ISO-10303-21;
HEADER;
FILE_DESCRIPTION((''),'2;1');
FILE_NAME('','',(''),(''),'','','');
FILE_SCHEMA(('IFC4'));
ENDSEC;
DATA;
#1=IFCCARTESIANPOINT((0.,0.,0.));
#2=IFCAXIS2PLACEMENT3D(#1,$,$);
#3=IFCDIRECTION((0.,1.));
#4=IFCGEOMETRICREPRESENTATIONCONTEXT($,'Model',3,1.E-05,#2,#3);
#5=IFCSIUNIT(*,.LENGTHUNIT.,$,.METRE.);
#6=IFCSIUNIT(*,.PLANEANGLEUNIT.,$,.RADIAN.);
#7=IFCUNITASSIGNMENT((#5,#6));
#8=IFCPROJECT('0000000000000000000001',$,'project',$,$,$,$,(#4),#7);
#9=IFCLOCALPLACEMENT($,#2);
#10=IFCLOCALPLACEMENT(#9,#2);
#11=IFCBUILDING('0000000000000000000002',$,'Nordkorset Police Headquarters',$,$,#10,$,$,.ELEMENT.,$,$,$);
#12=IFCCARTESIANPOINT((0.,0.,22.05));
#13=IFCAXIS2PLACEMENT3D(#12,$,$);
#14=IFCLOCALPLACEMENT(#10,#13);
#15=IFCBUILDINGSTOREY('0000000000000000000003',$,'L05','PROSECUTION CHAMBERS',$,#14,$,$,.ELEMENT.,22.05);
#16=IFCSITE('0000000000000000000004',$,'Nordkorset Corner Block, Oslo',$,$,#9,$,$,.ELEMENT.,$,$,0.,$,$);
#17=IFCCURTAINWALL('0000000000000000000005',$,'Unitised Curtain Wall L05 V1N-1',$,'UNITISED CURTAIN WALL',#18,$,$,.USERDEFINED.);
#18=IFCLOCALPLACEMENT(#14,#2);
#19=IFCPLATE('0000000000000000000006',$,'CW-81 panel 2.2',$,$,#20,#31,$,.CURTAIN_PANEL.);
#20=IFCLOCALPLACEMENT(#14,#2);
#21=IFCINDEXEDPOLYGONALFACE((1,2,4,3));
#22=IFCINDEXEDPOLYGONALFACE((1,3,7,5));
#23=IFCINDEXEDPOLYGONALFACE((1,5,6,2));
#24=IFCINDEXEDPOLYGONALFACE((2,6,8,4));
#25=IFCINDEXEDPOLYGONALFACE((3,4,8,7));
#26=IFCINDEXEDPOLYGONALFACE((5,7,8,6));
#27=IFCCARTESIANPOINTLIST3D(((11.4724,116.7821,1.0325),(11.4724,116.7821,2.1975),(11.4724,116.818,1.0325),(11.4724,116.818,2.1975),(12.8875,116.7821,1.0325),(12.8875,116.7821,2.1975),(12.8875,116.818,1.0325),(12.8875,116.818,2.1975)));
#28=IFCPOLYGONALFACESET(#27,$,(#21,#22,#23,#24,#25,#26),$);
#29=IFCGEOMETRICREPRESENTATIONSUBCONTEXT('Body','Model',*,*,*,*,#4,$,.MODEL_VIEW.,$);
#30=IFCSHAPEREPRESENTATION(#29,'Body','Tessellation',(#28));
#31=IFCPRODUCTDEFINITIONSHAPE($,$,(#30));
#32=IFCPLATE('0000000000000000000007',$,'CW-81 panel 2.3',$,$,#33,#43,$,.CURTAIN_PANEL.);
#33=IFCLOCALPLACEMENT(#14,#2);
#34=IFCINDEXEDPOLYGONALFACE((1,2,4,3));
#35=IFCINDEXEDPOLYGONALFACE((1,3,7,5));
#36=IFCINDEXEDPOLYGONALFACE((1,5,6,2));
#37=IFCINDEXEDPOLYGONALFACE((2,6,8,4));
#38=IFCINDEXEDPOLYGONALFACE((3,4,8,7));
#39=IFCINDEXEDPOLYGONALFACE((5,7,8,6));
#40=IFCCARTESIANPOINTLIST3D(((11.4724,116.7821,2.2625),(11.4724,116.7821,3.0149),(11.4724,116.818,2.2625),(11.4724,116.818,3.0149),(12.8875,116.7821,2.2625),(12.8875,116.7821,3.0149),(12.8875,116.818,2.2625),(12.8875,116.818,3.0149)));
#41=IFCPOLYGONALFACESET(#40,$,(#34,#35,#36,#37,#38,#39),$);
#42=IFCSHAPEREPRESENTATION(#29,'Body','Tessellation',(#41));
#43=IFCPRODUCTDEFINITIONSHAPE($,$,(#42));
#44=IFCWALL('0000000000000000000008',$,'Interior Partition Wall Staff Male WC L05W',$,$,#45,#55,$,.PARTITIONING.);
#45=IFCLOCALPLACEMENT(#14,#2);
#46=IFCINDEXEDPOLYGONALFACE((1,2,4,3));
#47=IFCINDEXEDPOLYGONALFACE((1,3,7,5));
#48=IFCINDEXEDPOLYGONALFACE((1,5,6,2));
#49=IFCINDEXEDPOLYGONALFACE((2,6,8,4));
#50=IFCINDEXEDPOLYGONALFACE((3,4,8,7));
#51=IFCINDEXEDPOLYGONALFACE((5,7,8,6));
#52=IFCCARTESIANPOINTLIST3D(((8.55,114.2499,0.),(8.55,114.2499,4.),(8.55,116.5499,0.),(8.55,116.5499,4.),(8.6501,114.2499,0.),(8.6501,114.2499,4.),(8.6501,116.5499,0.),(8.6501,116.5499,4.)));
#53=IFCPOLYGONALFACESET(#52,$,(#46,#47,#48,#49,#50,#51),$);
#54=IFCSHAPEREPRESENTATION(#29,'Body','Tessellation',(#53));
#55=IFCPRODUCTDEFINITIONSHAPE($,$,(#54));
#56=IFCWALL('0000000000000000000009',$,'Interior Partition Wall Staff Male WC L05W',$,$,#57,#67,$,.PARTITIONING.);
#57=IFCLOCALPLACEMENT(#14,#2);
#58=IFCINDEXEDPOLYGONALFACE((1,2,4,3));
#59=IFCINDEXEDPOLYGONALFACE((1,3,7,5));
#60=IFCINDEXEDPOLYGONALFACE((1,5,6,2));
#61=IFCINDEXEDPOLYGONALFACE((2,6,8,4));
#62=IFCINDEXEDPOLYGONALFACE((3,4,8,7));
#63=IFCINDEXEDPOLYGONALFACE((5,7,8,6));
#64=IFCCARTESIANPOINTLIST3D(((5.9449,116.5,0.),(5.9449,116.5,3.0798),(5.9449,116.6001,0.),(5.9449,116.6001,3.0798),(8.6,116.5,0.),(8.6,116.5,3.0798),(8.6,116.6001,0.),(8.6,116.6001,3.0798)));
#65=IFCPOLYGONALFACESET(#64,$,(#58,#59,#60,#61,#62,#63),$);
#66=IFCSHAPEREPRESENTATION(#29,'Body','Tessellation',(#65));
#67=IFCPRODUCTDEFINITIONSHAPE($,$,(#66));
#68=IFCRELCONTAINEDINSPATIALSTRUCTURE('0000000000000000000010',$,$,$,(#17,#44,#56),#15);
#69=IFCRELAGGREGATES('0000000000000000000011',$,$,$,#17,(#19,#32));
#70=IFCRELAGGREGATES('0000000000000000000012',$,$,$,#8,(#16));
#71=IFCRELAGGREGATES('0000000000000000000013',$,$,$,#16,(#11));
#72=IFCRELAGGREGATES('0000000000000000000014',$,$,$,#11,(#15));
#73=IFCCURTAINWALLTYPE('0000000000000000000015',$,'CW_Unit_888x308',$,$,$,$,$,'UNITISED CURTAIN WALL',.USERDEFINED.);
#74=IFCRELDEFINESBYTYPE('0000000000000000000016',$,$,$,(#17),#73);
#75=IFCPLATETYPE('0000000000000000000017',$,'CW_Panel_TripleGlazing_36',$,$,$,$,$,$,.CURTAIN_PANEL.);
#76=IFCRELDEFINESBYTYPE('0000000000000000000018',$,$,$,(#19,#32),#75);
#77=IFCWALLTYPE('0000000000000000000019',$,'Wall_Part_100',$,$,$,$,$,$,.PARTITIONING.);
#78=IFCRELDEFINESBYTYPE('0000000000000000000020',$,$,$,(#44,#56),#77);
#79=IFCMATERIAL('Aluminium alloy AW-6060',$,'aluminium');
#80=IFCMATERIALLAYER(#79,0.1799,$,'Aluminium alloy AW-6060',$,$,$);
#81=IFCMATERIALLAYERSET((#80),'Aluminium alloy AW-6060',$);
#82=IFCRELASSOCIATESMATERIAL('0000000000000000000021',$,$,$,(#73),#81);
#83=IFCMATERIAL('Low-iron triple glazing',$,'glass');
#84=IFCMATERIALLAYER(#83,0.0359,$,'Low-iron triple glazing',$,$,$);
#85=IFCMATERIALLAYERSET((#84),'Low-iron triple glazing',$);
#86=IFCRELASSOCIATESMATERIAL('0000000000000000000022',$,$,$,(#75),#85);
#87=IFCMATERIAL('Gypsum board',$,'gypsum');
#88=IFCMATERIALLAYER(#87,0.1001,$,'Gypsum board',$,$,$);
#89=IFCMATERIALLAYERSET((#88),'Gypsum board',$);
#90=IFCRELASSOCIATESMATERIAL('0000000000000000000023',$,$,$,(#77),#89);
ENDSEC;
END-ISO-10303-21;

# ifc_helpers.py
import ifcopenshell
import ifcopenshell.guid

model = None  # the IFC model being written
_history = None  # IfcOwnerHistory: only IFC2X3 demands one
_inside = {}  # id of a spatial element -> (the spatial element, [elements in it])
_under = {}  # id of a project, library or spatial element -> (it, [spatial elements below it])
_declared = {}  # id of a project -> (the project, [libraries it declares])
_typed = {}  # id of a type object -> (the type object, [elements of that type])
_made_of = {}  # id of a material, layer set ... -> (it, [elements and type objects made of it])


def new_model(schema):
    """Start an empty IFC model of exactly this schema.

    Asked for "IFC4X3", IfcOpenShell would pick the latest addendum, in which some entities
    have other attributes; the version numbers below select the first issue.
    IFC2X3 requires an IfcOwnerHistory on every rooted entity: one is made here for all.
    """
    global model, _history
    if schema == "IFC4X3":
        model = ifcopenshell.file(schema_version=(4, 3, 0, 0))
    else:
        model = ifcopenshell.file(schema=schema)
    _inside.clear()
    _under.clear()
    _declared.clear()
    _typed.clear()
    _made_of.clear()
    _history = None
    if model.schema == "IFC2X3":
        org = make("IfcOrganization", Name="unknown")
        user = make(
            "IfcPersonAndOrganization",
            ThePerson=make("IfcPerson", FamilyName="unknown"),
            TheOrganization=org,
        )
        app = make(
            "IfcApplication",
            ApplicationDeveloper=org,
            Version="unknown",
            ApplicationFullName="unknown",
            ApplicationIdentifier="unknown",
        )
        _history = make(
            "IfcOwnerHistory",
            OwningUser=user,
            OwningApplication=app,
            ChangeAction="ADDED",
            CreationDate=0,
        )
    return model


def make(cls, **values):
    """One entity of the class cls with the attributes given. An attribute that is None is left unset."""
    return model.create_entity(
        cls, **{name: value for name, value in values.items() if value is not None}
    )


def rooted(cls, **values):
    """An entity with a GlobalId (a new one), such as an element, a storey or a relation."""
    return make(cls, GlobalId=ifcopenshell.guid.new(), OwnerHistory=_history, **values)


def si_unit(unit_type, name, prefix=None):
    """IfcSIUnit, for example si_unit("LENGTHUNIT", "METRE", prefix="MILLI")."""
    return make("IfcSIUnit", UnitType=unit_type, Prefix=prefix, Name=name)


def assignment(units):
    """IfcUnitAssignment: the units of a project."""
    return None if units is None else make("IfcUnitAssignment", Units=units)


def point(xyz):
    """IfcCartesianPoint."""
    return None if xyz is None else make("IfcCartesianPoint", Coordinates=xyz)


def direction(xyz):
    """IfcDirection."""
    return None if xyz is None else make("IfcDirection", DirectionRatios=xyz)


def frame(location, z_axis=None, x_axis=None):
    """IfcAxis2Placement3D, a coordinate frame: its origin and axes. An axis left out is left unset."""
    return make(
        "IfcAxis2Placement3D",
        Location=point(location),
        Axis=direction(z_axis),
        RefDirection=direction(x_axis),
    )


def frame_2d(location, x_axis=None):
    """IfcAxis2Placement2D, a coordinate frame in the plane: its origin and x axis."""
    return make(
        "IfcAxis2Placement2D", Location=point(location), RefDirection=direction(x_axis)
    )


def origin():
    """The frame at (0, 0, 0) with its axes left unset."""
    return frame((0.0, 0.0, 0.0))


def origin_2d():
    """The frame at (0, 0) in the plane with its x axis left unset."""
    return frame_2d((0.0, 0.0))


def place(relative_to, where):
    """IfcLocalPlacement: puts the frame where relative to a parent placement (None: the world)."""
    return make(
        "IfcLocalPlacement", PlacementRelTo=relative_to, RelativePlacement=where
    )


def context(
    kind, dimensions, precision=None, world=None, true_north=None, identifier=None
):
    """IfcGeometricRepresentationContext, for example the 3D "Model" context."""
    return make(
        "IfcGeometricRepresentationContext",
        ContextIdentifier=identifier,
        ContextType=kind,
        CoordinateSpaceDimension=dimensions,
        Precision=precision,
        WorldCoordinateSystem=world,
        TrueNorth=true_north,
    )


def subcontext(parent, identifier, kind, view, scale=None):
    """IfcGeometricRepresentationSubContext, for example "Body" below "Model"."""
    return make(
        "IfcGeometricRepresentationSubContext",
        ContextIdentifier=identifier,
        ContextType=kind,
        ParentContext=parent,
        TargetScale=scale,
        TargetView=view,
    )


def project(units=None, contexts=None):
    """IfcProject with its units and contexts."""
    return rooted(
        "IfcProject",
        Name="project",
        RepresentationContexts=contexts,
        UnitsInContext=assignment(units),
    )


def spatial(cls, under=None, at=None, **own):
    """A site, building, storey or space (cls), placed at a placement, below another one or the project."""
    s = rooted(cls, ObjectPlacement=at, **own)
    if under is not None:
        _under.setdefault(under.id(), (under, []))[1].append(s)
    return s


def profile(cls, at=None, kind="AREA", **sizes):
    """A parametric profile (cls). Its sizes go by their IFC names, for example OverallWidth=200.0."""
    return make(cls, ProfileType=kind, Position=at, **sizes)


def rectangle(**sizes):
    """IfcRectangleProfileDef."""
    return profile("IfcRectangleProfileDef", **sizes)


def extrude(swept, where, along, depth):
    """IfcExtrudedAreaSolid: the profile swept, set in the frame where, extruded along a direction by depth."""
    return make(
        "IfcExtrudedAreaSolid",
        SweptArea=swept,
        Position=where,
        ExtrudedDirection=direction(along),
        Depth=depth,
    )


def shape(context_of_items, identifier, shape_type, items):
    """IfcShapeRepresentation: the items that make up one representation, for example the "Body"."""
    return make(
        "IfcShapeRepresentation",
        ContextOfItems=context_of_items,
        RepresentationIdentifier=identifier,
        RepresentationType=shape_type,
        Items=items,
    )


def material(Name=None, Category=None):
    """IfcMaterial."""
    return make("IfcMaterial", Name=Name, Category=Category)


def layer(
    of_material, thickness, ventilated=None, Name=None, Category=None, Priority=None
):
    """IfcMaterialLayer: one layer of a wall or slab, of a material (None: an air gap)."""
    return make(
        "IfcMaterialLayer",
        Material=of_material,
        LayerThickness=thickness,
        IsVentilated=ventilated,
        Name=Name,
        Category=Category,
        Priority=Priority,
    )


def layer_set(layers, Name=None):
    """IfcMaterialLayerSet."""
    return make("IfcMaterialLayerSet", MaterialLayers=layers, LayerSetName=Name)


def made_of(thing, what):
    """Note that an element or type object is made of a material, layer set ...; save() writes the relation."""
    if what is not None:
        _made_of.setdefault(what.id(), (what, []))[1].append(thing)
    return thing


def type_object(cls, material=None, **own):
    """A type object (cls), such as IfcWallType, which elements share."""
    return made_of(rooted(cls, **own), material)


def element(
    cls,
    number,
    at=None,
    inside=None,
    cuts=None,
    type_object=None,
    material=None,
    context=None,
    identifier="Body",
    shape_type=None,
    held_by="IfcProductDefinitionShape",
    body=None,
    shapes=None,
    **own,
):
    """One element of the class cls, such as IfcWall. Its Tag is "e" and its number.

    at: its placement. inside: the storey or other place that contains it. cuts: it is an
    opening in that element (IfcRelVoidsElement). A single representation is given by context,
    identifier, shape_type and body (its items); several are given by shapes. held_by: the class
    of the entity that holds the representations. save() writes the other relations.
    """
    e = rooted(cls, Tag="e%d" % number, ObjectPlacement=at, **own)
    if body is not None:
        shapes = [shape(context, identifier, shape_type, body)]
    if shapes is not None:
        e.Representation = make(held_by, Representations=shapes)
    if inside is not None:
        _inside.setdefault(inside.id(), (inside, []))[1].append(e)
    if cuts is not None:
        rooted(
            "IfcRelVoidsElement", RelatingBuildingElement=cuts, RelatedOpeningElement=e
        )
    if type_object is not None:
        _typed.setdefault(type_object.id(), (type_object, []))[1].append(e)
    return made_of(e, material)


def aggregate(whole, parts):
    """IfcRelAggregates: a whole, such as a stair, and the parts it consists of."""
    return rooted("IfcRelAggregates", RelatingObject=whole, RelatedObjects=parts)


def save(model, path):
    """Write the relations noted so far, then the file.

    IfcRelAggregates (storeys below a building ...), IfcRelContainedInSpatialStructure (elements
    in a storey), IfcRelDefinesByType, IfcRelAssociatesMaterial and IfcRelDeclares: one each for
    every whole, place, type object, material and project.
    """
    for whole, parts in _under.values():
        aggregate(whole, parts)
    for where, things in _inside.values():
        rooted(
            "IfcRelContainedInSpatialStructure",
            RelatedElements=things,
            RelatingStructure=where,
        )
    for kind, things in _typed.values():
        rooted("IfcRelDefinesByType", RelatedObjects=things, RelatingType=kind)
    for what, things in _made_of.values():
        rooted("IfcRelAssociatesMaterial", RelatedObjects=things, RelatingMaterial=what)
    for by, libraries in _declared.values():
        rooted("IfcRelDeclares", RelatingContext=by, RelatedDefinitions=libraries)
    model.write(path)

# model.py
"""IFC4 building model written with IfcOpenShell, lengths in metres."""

from ifc_helpers import new_model, si_unit, direction, frame, frame_2d, origin, origin_2d, place, context, subcontext, project, spatial, rectangle, extrude, material, layer, layer_set, type_object, element, aggregate, save


model = new_model("IFC4")

# Units and contexts
model_context = context("Model", 3, precision=1e-05, world=origin(), true_north=direction((0.0, 1.0)))
body_context = subcontext(model_context, "Body", "Model", "MODEL_VIEW")
ifc_project = project(units=[si_unit("LENGTHUNIT", "METRE"), si_unit("PLANEANGLEUNIT", "RADIAN")], contexts=[model_context])

# Site, building, storey
site_placement = place(None, origin())
site = spatial("IfcSite", under=ifc_project, at=site_placement, Name="Nordkorset Corner Block, Oslo", CompositionType="ELEMENT", RefElevation=0.0)
building_placement = place(site_placement, origin())
building = spatial("IfcBuilding", under=site, at=building_placement, Name="Nordkorset Police Headquarters", CompositionType="ELEMENT")
storey_placement = place(building_placement, frame((0.0, 0.0, 22.05)))
storey = spatial("IfcBuildingStorey", under=building, at=storey_placement, Name="L05", Description="PROSECUTION CHAMBERS", CompositionType="ELEMENT", Elevation=22.05)

# Curtain wall
ifc_material_1 = material(Name="Aluminium alloy AW-6060", Category="aluminium")
ifc_layer_1 = layer(ifc_material_1, 0.1799, Name="Aluminium alloy AW-6060")
ifc_layer_set_1 = layer_set([ifc_layer_1], Name="Aluminium alloy AW-6060")
curtain_wall_type = type_object("IfcCurtainWallType", Name="CW_Unit_888x308", ElementType="UNITISED CURTAIN WALL", PredefinedType="USERDEFINED", material=ifc_layer_set_1)
curtain_wall_1_placement = place(storey_placement, origin())
curtain_wall_1 = element("IfcCurtainWall", 1, at=curtain_wall_1_placement, inside=storey, type_object=curtain_wall_type, Name="Unitised Curtain Wall L05 V1N-1", ObjectType="UNITISED CURTAIN WALL", PredefinedType="USERDEFINED")

# Plates
ifc_material_2 = material(Name="Low-iron triple glazing", Category="glass")
ifc_layer_2 = layer(ifc_material_2, 0.0359, Name="Low-iron triple glazing")
ifc_layer_set_2 = layer_set([ifc_layer_2], Name="Low-iron triple glazing")
plate_type = type_object("IfcPlateType", Name="CW_Panel_TripleGlazing_36", PredefinedType="CURTAIN_PANEL", material=ifc_layer_set_2)
plate_1_placement = place(storey_placement, frame((12.1799, 116.8, 1.0325), z_axis=(0.0, 0.0, 1.0), x_axis=(1.0, 0.0, 0.0)))
plate_1 = element("IfcPlate", 2, at=plate_1_placement, type_object=plate_type, Name="CW-81 panel 2.2", PredefinedType="CURTAIN_PANEL", context=body_context, shape_type="SweptSolid", body=[
    extrude(rectangle(XDim=1.415, YDim=0.0359, at=origin_2d()), origin(), (0.0, 0.0, 1.0), 1.165),
])
plate_2_placement = place(storey_placement, frame((12.1799, 116.8, 2.2625), z_axis=(0.0, 0.0, 1.0), x_axis=(1.0, 0.0, 0.0)))
plate_2 = element("IfcPlate", 3, at=plate_2_placement, type_object=plate_type, Name="CW-81 panel 2.3", PredefinedType="CURTAIN_PANEL", context=body_context, shape_type="SweptSolid", body=[
    extrude(rectangle(XDim=1.415, YDim=0.0359, at=origin_2d()), origin(), (0.0, 0.0, 1.0), 0.7524),
])
aggregate(curtain_wall_1, [plate_1, plate_2])

# Walls
ifc_material_3 = material(Name="Gypsum board", Category="gypsum")
ifc_layer_3 = layer(ifc_material_3, 0.1001, Name="Gypsum board")
ifc_layer_set_3 = layer_set([ifc_layer_3], Name="Gypsum board")
wall_type = type_object("IfcWallType", Name="Wall_Part_100", PredefinedType="PARTITIONING", material=ifc_layer_set_3)
wall_1_placement = place(storey_placement, frame((8.6001, 114.25, 0.0), z_axis=(0.0, 0.0, 1.0), x_axis=(0.0, 1.0, 0.0)))
element("IfcWall", 4, at=wall_1_placement, inside=storey, type_object=wall_type, Name="Interior Partition Wall Staff Male WC L05W", PredefinedType="PARTITIONING", context=body_context, shape_type="SweptSolid", body=[
    extrude(rectangle(XDim=2.3, YDim=0.1001, at=frame_2d((1.1499, 0.0))), origin(), (0.0, 0.0, 1.0), 4.0),
])
wall_2_placement = place(storey_placement, frame((8.6001, 116.55, 0.0), z_axis=(0.0, 0.0, 1.0), x_axis=(-1.0, 0.0, 0.0)))
element("IfcWall", 5, at=wall_2_placement, inside=storey, type_object=wall_type, Name="Interior Partition Wall Staff Male WC L05W", PredefinedType="PARTITIONING", context=body_context, shape_type="SweptSolid", body=[
    extrude(rectangle(XDim=2.655, YDim=0.1001, at=frame_2d((1.3276, 0.0))), origin(), (0.0, 0.0, 1.0), 3.0798),
])

save(model, "model.ifc")
